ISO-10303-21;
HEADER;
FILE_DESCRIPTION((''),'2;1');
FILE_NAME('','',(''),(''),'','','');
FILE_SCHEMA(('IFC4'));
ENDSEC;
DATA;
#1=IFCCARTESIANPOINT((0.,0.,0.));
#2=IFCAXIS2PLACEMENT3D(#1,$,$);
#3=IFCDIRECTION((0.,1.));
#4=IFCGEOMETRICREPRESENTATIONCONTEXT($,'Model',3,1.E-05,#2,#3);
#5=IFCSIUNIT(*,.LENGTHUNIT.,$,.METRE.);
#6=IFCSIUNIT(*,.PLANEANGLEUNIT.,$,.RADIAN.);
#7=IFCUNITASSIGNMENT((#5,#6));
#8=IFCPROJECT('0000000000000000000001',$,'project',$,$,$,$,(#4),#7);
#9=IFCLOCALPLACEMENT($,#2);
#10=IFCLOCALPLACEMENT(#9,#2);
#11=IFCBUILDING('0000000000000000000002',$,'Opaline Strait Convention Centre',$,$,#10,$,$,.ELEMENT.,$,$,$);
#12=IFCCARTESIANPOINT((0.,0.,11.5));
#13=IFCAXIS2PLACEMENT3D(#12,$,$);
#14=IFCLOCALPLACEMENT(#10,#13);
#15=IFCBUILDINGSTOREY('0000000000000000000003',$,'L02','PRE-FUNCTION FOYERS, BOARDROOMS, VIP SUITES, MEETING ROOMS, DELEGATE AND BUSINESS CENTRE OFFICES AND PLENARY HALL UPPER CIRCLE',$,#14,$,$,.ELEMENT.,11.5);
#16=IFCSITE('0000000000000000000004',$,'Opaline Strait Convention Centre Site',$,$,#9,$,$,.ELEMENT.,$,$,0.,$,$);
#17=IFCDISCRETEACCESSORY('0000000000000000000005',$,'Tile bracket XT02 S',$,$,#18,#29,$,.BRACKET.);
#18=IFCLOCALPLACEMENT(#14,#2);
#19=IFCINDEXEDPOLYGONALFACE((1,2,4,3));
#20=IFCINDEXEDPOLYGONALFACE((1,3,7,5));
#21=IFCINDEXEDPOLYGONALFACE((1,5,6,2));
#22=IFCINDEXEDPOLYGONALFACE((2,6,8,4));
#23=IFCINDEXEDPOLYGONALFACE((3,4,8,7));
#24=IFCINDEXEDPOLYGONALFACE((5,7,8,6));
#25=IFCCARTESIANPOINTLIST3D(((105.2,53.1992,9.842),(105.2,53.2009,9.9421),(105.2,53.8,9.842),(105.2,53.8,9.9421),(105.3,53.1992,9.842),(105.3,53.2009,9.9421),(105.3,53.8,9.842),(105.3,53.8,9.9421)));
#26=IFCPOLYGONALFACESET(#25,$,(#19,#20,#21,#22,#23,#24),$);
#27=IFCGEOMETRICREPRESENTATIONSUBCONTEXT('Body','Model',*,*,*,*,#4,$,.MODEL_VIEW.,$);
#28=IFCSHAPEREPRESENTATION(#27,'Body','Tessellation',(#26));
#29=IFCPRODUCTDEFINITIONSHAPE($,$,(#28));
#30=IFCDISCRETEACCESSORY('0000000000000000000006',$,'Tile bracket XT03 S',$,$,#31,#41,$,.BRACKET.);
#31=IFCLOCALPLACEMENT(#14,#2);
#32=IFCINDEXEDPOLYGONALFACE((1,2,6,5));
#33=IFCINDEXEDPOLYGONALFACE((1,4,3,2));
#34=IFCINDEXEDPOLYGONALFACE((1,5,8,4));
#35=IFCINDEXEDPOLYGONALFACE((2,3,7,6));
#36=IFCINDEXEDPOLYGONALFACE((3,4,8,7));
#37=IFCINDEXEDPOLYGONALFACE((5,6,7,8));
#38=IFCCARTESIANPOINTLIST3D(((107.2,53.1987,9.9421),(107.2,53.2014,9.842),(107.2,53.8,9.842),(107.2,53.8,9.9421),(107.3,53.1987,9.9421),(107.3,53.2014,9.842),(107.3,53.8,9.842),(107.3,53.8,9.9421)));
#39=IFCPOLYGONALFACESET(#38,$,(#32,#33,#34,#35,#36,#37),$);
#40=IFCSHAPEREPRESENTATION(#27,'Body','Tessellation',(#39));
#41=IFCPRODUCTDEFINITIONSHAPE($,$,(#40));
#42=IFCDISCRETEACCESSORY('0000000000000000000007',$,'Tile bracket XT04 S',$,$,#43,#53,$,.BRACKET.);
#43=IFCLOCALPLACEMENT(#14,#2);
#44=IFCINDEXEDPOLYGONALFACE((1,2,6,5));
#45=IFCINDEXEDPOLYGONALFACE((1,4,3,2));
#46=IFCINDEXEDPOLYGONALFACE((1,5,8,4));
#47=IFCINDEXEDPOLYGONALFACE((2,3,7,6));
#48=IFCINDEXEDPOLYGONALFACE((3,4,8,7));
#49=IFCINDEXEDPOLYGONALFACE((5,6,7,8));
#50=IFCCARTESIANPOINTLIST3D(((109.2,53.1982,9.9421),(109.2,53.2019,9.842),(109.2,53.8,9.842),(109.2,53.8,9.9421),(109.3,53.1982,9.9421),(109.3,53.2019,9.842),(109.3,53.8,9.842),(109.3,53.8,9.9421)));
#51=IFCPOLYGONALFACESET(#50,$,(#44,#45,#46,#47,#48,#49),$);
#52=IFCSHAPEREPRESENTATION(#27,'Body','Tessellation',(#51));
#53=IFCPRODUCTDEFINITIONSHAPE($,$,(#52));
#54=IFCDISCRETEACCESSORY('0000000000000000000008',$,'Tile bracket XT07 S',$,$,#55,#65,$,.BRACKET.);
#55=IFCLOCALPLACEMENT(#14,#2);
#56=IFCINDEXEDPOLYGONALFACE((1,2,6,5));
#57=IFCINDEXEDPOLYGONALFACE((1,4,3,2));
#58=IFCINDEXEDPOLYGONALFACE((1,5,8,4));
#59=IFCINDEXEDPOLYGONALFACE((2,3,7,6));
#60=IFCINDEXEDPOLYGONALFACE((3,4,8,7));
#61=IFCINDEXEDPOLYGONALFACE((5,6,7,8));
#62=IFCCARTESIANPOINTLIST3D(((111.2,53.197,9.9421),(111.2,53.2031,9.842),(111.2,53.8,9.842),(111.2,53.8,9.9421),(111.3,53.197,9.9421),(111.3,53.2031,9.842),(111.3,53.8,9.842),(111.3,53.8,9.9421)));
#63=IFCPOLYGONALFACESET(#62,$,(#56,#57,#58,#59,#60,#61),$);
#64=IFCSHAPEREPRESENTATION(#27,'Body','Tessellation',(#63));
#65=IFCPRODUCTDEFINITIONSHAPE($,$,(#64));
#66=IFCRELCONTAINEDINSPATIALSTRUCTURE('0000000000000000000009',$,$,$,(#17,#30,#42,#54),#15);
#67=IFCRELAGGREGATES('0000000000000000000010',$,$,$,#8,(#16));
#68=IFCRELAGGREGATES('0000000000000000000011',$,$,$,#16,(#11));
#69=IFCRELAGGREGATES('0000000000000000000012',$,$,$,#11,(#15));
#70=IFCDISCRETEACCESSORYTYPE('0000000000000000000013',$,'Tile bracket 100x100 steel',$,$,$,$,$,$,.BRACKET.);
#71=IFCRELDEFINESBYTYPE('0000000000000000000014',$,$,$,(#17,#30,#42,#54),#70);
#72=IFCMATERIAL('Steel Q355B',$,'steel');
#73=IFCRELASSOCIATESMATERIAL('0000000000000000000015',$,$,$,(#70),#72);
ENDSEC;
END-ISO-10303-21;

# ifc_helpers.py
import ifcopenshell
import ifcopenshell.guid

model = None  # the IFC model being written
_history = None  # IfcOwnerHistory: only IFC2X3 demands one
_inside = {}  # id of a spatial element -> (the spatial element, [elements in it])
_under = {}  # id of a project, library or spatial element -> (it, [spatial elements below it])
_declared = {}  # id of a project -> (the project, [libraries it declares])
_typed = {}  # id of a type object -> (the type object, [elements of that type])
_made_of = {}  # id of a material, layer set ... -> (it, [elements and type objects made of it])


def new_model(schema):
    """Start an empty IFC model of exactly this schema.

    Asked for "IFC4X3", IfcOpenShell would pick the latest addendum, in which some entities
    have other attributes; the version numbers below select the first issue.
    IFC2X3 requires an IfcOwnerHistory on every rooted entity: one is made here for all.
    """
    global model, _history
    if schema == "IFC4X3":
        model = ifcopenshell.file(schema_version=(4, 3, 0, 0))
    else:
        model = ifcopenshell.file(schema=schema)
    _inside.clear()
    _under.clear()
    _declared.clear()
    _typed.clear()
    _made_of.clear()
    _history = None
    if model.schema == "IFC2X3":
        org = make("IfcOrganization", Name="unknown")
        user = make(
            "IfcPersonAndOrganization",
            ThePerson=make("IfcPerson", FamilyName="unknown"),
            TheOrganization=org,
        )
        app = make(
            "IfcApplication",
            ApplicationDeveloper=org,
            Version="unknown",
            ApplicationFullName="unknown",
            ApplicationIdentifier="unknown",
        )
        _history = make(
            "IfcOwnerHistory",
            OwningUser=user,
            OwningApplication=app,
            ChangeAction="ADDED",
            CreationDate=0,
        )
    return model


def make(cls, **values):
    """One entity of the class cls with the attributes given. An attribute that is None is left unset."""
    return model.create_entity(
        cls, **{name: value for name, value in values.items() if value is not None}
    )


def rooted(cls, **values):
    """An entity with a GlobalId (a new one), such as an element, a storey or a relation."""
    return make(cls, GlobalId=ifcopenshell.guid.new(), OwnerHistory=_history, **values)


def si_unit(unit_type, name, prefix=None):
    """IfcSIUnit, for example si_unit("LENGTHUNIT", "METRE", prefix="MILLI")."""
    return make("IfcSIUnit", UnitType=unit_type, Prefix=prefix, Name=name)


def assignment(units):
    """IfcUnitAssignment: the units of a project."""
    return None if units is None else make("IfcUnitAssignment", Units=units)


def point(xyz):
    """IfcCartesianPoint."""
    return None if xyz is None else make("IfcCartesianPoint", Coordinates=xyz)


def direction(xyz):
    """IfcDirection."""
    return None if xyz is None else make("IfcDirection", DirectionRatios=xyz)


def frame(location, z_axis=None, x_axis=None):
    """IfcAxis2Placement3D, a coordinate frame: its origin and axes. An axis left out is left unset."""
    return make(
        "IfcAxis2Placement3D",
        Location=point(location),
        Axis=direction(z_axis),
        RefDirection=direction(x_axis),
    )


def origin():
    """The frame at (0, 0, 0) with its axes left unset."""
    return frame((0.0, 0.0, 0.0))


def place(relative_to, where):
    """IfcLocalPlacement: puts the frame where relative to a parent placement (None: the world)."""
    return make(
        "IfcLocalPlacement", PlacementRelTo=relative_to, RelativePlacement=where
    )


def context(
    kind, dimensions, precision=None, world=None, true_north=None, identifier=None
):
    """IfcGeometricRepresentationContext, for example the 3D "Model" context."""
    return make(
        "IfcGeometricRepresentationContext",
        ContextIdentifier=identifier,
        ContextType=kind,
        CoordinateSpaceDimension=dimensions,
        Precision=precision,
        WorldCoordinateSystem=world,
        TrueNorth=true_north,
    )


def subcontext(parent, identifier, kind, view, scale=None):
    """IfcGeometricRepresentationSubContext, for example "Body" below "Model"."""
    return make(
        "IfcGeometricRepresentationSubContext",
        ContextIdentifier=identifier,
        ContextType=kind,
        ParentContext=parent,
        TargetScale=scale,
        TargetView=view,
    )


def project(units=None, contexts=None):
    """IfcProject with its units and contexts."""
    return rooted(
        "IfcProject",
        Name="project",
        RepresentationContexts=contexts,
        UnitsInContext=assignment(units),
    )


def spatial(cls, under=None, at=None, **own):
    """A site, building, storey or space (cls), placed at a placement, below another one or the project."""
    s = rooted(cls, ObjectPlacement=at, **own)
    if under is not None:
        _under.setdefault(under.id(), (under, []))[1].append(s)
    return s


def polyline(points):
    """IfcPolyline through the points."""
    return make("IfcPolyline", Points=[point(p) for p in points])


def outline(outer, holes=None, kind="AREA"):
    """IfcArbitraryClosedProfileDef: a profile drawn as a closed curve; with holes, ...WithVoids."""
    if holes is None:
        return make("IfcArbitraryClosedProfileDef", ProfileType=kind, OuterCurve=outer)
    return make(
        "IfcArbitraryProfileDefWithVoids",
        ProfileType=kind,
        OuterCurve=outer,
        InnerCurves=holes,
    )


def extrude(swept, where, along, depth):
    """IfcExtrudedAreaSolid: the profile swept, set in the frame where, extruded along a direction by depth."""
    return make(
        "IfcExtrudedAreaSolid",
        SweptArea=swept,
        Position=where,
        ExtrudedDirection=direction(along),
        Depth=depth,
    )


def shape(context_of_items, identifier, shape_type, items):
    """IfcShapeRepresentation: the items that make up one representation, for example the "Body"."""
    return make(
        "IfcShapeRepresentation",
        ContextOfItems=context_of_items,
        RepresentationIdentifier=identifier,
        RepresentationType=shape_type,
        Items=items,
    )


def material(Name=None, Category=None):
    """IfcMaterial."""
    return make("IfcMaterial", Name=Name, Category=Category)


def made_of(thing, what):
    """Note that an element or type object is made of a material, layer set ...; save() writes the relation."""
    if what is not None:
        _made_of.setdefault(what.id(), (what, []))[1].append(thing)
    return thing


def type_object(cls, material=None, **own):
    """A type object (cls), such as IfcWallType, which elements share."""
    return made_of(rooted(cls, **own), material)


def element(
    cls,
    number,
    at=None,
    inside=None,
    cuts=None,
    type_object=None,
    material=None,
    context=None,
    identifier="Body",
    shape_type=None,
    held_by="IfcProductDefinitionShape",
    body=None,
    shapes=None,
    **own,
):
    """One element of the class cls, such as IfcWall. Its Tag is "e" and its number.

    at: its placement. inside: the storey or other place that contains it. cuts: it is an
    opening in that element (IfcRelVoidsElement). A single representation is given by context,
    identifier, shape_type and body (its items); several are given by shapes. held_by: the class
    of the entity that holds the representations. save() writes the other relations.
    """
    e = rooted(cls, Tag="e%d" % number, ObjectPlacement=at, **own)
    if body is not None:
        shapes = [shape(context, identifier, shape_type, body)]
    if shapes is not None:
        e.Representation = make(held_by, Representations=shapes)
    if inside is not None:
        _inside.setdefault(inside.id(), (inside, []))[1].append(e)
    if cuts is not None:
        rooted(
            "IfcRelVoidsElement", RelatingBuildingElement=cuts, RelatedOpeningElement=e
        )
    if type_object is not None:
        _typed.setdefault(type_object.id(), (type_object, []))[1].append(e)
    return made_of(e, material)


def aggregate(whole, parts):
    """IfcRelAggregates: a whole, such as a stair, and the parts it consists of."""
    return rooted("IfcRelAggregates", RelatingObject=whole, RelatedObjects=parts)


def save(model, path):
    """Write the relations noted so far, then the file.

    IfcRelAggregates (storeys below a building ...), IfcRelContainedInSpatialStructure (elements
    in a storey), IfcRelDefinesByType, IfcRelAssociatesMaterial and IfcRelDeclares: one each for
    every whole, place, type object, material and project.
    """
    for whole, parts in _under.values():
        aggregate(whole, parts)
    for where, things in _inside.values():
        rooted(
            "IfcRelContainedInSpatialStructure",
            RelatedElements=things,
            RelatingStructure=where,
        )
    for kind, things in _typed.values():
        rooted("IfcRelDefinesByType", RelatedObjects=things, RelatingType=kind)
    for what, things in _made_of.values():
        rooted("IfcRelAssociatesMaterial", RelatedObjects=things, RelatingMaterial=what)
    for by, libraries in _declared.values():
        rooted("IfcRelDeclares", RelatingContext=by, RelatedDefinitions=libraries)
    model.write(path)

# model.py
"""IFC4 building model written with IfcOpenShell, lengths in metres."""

from ifc_helpers import new_model, si_unit, direction, frame, origin, place, context, subcontext, project, spatial, polyline, outline, extrude, material, type_object, element, save


model = new_model("IFC4")

# Units and contexts
model_context = context("Model", 3, precision=1e-05, world=origin(), true_north=direction((0.0, 1.0)))
body_context = subcontext(model_context, "Body", "Model", "MODEL_VIEW")
ifc_project = project(units=[si_unit("LENGTHUNIT", "METRE"), si_unit("PLANEANGLEUNIT", "RADIAN")], contexts=[model_context])

# Site, building, storey
site_placement = place(None, origin())
site = spatial("IfcSite", under=ifc_project, at=site_placement, Name="Opaline Strait Convention Centre Site", CompositionType="ELEMENT", RefElevation=0.0)
building_placement = place(site_placement, origin())
building = spatial("IfcBuilding", under=site, at=building_placement, Name="Opaline Strait Convention Centre", CompositionType="ELEMENT")
storey_placement = place(building_placement, frame((0.0, 0.0, 11.5)))
storey = spatial("IfcBuildingStorey", under=building, at=storey_placement, Name="L02", Description="PRE-FUNCTION FOYERS, BOARDROOMS, VIP SUITES, MEETING ROOMS, DELEGATE AND BUSINESS CENTRE OFFICES AND PLENARY HALL UPPER CIRCLE", CompositionType="ELEMENT", Elevation=11.5)

# Shared definitions
ifc_material_1 = material(Name="Steel Q355B", Category="steel")

# Discrete accessories
discrete_accessory_type = type_object("IfcDiscreteAccessoryType", Name="Tile bracket 100x100 steel", PredefinedType="BRACKET", material=ifc_material_1)
discrete_accessory_1_placement = place(storey_placement, frame((105.2, 53.8, 9.8921), z_axis=(1.0, 0.0, 0.0), x_axis=(0.0, 1.0, 0.0)))
element("IfcDiscreteAccessory", 1, at=discrete_accessory_1_placement, inside=storey, type_object=discrete_accessory_type, Name="Tile bracket XT02 S", PredefinedType="BRACKET", context=body_context, shape_type="SweptSolid", body=[
    extrude(outline(polyline([(0.0, -0.05), (0.0, 0.05), (-0.5991, 0.05), (-0.6008, -0.05), (0.0, -0.05)])), origin(), (0.0, 0.0, 1.0), 0.1001),
])
discrete_accessory_2_placement = place(storey_placement, frame((107.2, 53.8, 9.8921), z_axis=(1.0, 0.0, 0.0), x_axis=(0.0, 1.0, 0.0)))
element("IfcDiscreteAccessory", 2, at=discrete_accessory_2_placement, inside=storey, type_object=discrete_accessory_type, Name="Tile bracket XT03 S", PredefinedType="BRACKET", context=body_context, shape_type="SweptSolid", body=[
    extrude(outline(polyline([(0.0, -0.05), (0.0, 0.05), (-0.6013, 0.05), (-0.5986, -0.05), (0.0, -0.05)])), origin(), (0.0, 0.0, 1.0), 0.1001),
])
discrete_accessory_3_placement = place(storey_placement, frame((109.2, 53.8, 9.8921), z_axis=(1.0, 0.0, 0.0), x_axis=(0.0, 1.0, 0.0)))
element("IfcDiscreteAccessory", 3, at=discrete_accessory_3_placement, inside=storey, type_object=discrete_accessory_type, Name="Tile bracket XT04 S", PredefinedType="BRACKET", context=body_context, shape_type="SweptSolid", body=[
    extrude(outline(polyline([(0.0, -0.05), (0.0, 0.05), (-0.6018, 0.05), (-0.5981, -0.05), (0.0, -0.05)])), origin(), (0.0, 0.0, 1.0), 0.1001),
])
discrete_accessory_4_placement = place(storey_placement, frame((111.2, 53.8, 9.8921), z_axis=(1.0, 0.0, 0.0), x_axis=(0.0, 1.0, 0.0)))
element("IfcDiscreteAccessory", 4, at=discrete_accessory_4_placement, inside=storey, type_object=discrete_accessory_type, Name="Tile bracket XT07 S", PredefinedType="BRACKET", context=body_context, shape_type="SweptSolid", body=[
    extrude(outline(polyline([(0.0, -0.05), (0.0, 0.05), (-0.603, 0.05), (-0.5969, -0.05), (0.0, -0.05)])), origin(), (0.0, 0.0, 1.0), 0.1001),
])

save(model, "model.ifc")
